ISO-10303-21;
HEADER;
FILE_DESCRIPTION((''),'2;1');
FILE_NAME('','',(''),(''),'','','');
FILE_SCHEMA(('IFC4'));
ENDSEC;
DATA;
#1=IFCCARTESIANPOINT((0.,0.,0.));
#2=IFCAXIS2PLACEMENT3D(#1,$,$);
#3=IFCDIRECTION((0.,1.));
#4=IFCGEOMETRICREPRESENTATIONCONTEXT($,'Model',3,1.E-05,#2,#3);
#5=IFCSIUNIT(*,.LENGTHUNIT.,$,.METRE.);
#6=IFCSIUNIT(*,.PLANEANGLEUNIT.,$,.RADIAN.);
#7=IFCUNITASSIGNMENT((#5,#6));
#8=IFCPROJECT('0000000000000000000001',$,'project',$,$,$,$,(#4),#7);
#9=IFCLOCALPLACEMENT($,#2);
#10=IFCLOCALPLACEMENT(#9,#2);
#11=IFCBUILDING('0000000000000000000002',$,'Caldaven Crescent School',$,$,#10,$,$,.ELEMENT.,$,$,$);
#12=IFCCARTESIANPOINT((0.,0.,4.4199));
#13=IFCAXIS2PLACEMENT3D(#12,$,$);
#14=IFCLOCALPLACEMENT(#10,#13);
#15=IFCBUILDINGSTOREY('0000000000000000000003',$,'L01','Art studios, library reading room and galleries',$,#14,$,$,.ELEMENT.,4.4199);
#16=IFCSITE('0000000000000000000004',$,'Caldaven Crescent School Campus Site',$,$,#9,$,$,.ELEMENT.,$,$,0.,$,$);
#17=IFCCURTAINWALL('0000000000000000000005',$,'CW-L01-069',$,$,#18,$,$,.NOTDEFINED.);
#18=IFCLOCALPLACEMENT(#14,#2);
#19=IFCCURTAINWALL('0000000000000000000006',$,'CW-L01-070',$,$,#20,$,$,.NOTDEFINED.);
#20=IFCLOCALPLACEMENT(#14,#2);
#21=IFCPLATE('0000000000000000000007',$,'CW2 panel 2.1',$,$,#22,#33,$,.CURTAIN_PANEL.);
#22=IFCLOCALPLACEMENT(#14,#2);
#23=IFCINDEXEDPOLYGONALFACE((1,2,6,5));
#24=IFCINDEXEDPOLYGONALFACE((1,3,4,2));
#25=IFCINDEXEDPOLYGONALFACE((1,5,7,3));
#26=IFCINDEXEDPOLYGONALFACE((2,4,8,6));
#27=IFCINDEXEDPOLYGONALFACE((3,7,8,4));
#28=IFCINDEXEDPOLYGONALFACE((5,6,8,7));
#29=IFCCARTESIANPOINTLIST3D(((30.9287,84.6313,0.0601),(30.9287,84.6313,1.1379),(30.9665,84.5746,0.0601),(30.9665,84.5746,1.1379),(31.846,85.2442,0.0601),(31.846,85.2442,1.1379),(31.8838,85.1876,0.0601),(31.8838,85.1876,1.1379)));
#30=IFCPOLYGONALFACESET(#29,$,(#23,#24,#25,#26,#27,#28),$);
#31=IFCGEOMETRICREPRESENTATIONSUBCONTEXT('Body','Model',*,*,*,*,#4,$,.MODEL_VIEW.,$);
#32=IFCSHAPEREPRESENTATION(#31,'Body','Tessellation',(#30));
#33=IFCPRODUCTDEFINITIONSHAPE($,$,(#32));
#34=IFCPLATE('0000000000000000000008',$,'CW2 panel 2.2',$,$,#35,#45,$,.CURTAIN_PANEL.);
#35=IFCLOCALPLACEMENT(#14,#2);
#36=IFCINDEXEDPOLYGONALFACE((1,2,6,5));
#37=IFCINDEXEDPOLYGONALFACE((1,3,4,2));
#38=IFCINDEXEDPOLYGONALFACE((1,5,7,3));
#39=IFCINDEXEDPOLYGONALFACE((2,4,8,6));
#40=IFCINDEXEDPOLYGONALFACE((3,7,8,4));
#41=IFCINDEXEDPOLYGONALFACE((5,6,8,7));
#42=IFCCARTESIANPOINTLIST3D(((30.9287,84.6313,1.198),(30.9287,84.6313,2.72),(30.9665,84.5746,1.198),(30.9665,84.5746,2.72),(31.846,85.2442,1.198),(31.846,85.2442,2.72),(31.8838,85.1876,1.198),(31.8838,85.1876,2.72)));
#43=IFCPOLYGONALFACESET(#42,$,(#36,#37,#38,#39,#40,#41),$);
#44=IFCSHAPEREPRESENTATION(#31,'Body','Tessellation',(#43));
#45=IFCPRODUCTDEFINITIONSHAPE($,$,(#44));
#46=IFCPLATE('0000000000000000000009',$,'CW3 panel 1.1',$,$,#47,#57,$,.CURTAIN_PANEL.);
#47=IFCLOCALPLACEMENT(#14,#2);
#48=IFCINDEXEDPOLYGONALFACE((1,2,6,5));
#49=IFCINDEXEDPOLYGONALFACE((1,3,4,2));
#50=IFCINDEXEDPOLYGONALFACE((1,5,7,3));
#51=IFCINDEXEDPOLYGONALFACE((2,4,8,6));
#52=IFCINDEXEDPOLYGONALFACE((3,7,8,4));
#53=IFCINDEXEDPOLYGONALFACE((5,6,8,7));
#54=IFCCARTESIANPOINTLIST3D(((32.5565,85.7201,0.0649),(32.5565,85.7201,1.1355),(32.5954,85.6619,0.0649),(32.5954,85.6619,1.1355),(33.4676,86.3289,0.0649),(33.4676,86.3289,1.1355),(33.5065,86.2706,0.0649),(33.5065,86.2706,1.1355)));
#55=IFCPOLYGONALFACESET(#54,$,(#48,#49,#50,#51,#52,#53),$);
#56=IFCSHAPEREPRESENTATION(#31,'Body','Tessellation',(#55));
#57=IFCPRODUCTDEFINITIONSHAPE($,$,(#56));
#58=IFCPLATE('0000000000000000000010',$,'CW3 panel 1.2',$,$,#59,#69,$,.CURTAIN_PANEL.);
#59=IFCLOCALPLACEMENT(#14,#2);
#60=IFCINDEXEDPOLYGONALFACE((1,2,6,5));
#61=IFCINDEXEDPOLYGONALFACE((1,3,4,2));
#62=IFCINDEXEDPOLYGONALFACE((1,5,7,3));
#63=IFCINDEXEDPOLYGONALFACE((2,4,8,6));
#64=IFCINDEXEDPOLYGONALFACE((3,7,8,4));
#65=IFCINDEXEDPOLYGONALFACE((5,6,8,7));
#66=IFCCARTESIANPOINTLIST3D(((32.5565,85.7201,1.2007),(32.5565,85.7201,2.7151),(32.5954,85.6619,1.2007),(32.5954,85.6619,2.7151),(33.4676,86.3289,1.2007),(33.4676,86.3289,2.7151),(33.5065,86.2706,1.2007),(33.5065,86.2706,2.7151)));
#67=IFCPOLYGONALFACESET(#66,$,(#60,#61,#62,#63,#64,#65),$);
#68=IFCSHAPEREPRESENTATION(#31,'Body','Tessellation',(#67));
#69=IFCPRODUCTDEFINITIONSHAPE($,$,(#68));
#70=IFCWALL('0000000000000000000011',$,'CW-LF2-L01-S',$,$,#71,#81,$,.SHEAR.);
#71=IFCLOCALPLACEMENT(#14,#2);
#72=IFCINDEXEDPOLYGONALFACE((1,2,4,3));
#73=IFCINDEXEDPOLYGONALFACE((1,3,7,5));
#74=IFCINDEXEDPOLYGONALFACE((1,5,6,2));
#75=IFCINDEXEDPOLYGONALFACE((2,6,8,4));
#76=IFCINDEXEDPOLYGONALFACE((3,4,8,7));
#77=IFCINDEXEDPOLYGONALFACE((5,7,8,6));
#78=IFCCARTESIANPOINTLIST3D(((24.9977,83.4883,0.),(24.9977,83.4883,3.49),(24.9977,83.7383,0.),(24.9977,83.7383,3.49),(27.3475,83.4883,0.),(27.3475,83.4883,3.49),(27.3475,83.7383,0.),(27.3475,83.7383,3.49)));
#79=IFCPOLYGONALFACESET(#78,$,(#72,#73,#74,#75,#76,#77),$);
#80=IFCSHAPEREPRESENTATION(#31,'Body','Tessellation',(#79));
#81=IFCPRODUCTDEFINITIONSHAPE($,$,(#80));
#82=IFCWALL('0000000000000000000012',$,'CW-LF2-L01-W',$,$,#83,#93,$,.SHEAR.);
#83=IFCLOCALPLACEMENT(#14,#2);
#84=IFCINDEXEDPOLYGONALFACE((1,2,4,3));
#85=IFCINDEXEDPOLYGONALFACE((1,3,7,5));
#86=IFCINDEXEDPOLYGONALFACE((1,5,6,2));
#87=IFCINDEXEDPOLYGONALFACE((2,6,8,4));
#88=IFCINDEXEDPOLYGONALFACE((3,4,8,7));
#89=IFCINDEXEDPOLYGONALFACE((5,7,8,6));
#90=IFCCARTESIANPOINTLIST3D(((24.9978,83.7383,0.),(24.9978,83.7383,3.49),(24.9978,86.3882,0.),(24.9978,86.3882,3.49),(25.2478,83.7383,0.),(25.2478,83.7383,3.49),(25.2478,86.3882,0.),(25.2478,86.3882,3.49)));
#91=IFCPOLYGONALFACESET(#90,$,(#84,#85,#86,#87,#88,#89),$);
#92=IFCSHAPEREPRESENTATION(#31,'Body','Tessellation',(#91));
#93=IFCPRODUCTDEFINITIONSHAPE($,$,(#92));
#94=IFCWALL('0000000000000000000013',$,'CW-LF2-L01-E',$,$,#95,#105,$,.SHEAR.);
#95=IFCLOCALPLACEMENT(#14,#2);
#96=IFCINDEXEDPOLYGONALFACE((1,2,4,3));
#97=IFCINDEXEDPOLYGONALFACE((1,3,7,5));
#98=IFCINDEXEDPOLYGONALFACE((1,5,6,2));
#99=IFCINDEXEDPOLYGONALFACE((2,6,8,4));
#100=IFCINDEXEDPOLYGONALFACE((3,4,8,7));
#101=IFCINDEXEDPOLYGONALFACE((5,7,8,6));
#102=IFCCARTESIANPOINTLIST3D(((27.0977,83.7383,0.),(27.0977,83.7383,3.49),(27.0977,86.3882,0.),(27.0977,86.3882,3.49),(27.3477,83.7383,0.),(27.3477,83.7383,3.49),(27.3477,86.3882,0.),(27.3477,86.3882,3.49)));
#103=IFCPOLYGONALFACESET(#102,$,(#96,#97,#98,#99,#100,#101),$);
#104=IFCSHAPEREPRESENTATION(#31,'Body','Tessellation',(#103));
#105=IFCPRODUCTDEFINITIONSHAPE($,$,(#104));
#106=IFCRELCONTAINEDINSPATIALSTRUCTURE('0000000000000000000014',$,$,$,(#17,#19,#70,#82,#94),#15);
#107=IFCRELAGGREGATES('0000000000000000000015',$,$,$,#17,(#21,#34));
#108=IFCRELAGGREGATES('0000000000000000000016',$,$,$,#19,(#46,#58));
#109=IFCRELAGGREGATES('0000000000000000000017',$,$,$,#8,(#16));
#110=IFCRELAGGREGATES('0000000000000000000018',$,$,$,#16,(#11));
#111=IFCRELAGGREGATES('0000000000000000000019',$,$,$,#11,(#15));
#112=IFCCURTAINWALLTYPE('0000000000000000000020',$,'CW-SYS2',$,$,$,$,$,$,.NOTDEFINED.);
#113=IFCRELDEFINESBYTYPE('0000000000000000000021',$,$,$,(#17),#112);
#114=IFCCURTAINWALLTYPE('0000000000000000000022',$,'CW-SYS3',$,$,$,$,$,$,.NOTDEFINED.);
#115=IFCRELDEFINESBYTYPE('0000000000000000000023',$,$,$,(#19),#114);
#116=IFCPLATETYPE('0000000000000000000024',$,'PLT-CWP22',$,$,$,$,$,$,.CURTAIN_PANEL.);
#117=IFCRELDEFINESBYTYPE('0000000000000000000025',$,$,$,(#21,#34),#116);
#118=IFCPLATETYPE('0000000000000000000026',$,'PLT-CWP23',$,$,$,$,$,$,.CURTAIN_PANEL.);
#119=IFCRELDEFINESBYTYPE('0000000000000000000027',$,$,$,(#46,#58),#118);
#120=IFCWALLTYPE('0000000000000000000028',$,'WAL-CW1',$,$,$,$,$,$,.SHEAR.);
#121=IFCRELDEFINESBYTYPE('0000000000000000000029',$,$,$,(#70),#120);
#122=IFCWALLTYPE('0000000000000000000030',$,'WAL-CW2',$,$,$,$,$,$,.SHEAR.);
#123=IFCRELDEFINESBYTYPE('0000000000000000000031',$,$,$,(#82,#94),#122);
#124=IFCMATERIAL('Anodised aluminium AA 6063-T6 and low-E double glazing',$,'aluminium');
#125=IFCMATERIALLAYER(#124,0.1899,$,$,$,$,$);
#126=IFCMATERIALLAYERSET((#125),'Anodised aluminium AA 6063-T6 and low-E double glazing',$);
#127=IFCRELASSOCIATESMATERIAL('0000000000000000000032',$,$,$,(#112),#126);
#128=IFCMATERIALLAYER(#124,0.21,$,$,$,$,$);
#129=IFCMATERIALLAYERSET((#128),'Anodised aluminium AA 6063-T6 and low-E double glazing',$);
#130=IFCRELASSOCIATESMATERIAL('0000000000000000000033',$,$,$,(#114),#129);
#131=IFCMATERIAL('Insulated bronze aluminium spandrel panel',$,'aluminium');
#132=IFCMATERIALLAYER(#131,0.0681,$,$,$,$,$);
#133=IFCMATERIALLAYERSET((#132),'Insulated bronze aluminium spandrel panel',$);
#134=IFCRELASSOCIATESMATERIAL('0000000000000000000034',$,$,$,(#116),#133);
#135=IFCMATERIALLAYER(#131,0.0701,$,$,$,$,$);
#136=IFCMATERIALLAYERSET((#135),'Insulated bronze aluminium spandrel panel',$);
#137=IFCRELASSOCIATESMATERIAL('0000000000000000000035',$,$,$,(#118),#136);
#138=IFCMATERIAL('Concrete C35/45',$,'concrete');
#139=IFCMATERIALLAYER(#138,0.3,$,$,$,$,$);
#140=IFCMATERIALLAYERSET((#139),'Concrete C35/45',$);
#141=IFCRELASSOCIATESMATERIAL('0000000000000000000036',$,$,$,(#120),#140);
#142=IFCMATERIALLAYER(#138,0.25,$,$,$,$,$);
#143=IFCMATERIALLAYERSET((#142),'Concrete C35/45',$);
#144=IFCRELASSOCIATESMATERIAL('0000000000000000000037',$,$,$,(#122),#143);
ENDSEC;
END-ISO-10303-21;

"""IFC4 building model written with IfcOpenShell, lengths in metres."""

from ifc_helpers import new_model, si_unit, direction, frame, frame_2d, origin, origin_2d, place, context, subcontext, project, spatial, rectangle, extrude, material, layer, layer_set, type_object, element, aggregate, save


model = new_model("IFC4")

# Units and contexts
model_context = context("Model", 3, precision=1e-05, world=origin(), true_north=direction((0.0, 1.0)))
body_context = subcontext(model_context, "Body", "Model", "MODEL_VIEW")
ifc_project = project(units=[si_unit("LENGTHUNIT", "METRE"), si_unit("PLANEANGLEUNIT", "RADIAN")], contexts=[model_context])

# Site, building, storey
site_placement = place(None, origin())
site = spatial("IfcSite", under=ifc_project, at=site_placement, Name="Caldaven Crescent School Campus Site", CompositionType="ELEMENT", RefElevation=0.0)
building_placement = place(site_placement, origin())
building = spatial("IfcBuilding", under=site, at=building_placement, Name="Caldaven Crescent School", CompositionType="ELEMENT")
storey_placement = place(building_placement, frame((0.0, 0.0, 4.4199)))
storey = spatial("IfcBuildingStorey", under=building, at=storey_placement, Name="L01", Description="Art studios, library reading room and galleries", CompositionType="ELEMENT", Elevation=4.4199)

# Shared definitions
ifc_material_1 = material(Name="Concrete C35/45", Category="concrete")

# Curtain wall
ifc_material_2 = material(Name="Anodised aluminium AA 6063-T6 and low-E double glazing", Category="aluminium")
ifc_layer_1 = layer(ifc_material_2, 0.1899)
ifc_layer_set_1 = layer_set([ifc_layer_1], Name="Anodised aluminium AA 6063-T6 and low-E double glazing")
curtain_wall_type_1 = type_object("IfcCurtainWallType", Name="CW-SYS2", PredefinedType="NOTDEFINED", material=ifc_layer_set_1)
curtain_wall_1_placement = place(storey_placement, origin())
curtain_wall_1 = element("IfcCurtainWall", 1, at=curtain_wall_1_placement, inside=storey, type_object=curtain_wall_type_1, Name="CW-L01-069", PredefinedType="NOTDEFINED")

# Curtain wall
ifc_layer_2 = layer(ifc_material_2, 0.21)
ifc_layer_set_2 = layer_set([ifc_layer_2], Name="Anodised aluminium AA 6063-T6 and low-E double glazing")
curtain_wall_type_2 = type_object("IfcCurtainWallType", Name="CW-SYS3", PredefinedType="NOTDEFINED", material=ifc_layer_set_2)
curtain_wall_2_placement = place(storey_placement, origin())
curtain_wall_2 = element("IfcCurtainWall", 2, at=curtain_wall_2_placement, inside=storey, type_object=curtain_wall_type_2, Name="CW-L01-070", PredefinedType="NOTDEFINED")

# Plates
ifc_material_3 = material(Name="Insulated bronze aluminium spandrel panel", Category="aluminium")
ifc_layer_3 = layer(ifc_material_3, 0.0681)
ifc_layer_set_3 = layer_set([ifc_layer_3], Name="Insulated bronze aluminium spandrel panel")
plate_type_1 = type_object("IfcPlateType", Name="PLT-CWP22", PredefinedType="CURTAIN_PANEL", material=ifc_layer_set_3)
plate_1_placement = place(storey_placement, frame((31.4062, 84.9094, 0.0601), z_axis=(0.0, 0.0, 1.0), x_axis=(0.83147, 0.55557, 0.0)))
plate_1 = element("IfcPlate", 3, at=plate_1_placement, type_object=plate_type_1, Name="CW2 panel 2.1", PredefinedType="CURTAIN_PANEL", context=body_context, shape_type="SweptSolid", body=[
    extrude(rectangle(XDim=1.1033, YDim=0.0681, at=origin_2d()), origin(), (0.0, 0.0, 1.0), 1.0779),
])
plate_2_placement = place(storey_placement, frame((31.4062, 84.9094, 1.198), z_axis=(0.0, 0.0, 1.0), x_axis=(0.83147, 0.55557, 0.0)))
plate_2 = element("IfcPlate", 4, at=plate_2_placement, type_object=plate_type_1, Name="CW2 panel 2.2", PredefinedType="CURTAIN_PANEL", context=body_context, shape_type="SweptSolid", body=[
    extrude(rectangle(XDim=1.1033, YDim=0.0681, at=origin_2d()), origin(), (0.0, 0.0, 1.0), 1.522),
])
aggregate(curtain_wall_1, [plate_1, plate_2])
ifc_layer_4 = layer(ifc_material_3, 0.0701)
ifc_layer_set_4 = layer_set([ifc_layer_4], Name="Insulated bronze aluminium spandrel panel")
plate_type_2 = type_object("IfcPlateType", Name="PLT-CWP23", PredefinedType="CURTAIN_PANEL", material=ifc_layer_set_4)
plate_3_placement = place(storey_placement, frame((33.0315, 85.9954, 0.0649), z_axis=(0.0, 0.0, 1.0), x_axis=(0.831468, 0.555572, 0.0)))
plate_3 = element("IfcPlate", 5, at=plate_3_placement, type_object=plate_type_2, Name="CW3 panel 1.1", PredefinedType="CURTAIN_PANEL", context=body_context, shape_type="SweptSolid", body=[
    extrude(rectangle(XDim=1.0957, YDim=0.0701, at=origin_2d()), origin(), (0.0, 0.0, 1.0), 1.0706),
])
plate_4_placement = place(storey_placement, frame((33.0315, 85.9954, 1.2007), z_axis=(0.0, 0.0, 1.0), x_axis=(0.831468, 0.555572, 0.0)))
plate_4 = element("IfcPlate", 6, at=plate_4_placement, type_object=plate_type_2, Name="CW3 panel 1.2", PredefinedType="CURTAIN_PANEL", context=body_context, shape_type="SweptSolid", body=[
    extrude(rectangle(XDim=1.0957, YDim=0.0701, at=origin_2d()), origin(), (0.0, 0.0, 1.0), 1.5144),
])
aggregate(curtain_wall_2, [plate_3, plate_4])

# Walls
ifc_layer_5 = layer(ifc_material_1, 0.3)
ifc_layer_set_5 = layer_set([ifc_layer_5], Name="Concrete C35/45")
wall_type_1 = type_object("IfcWallType", Name="WAL-CW1", PredefinedType="SHEAR", material=ifc_layer_set_5)
wall_placement = place(storey_placement, frame((24.9978, 83.6133, 0.0), z_axis=(0.0, 0.0, 1.0), x_axis=(1.0, 0.0, 0.0)))
element("IfcWall", 7, at=wall_placement, inside=storey, type_object=wall_type_1, Name="CW-LF2-L01-S", PredefinedType="SHEAR", context=body_context, shape_type="SweptSolid", body=[
    extrude(rectangle(XDim=2.3499, YDim=0.25, at=frame_2d((1.1748, 0.0))), origin(), (0.0, 0.0, 1.0), 3.49),
])
ifc_layer_6 = layer(ifc_material_1, 0.25)
ifc_layer_set_6 = layer_set([ifc_layer_6], Name="Concrete C35/45")
wall_type_2 = type_object("IfcWallType", Name="WAL-CW2", PredefinedType="SHEAR", material=ifc_layer_set_6)
for number, where, z_axis, x_axis, name in (
    (8, (25.1228, 83.7383, 0.0), (0.0, 0.0, 1.0), (0.0, 1.0, 0.0), "CW-LF2-L01-W"),
    (9, (27.2227, 83.7383, 0.0), (0.0, 0.0, 1.0), (0.0, 1.0, 0.0), "CW-LF2-L01-E"),
):
    element("IfcWall", number, at=place(storey_placement, frame(where, z_axis=z_axis, x_axis=x_axis)), inside=storey, type_object=wall_type_2, Name=name, PredefinedType="SHEAR", context=body_context, shape_type="SweptSolid", body=[
        extrude(rectangle(XDim=2.6499, YDim=0.25, at=frame_2d((1.325, 0.0))), origin(), (0.0, 0.0, 1.0), 3.49),
    ])

save(model, "model.ifc")
